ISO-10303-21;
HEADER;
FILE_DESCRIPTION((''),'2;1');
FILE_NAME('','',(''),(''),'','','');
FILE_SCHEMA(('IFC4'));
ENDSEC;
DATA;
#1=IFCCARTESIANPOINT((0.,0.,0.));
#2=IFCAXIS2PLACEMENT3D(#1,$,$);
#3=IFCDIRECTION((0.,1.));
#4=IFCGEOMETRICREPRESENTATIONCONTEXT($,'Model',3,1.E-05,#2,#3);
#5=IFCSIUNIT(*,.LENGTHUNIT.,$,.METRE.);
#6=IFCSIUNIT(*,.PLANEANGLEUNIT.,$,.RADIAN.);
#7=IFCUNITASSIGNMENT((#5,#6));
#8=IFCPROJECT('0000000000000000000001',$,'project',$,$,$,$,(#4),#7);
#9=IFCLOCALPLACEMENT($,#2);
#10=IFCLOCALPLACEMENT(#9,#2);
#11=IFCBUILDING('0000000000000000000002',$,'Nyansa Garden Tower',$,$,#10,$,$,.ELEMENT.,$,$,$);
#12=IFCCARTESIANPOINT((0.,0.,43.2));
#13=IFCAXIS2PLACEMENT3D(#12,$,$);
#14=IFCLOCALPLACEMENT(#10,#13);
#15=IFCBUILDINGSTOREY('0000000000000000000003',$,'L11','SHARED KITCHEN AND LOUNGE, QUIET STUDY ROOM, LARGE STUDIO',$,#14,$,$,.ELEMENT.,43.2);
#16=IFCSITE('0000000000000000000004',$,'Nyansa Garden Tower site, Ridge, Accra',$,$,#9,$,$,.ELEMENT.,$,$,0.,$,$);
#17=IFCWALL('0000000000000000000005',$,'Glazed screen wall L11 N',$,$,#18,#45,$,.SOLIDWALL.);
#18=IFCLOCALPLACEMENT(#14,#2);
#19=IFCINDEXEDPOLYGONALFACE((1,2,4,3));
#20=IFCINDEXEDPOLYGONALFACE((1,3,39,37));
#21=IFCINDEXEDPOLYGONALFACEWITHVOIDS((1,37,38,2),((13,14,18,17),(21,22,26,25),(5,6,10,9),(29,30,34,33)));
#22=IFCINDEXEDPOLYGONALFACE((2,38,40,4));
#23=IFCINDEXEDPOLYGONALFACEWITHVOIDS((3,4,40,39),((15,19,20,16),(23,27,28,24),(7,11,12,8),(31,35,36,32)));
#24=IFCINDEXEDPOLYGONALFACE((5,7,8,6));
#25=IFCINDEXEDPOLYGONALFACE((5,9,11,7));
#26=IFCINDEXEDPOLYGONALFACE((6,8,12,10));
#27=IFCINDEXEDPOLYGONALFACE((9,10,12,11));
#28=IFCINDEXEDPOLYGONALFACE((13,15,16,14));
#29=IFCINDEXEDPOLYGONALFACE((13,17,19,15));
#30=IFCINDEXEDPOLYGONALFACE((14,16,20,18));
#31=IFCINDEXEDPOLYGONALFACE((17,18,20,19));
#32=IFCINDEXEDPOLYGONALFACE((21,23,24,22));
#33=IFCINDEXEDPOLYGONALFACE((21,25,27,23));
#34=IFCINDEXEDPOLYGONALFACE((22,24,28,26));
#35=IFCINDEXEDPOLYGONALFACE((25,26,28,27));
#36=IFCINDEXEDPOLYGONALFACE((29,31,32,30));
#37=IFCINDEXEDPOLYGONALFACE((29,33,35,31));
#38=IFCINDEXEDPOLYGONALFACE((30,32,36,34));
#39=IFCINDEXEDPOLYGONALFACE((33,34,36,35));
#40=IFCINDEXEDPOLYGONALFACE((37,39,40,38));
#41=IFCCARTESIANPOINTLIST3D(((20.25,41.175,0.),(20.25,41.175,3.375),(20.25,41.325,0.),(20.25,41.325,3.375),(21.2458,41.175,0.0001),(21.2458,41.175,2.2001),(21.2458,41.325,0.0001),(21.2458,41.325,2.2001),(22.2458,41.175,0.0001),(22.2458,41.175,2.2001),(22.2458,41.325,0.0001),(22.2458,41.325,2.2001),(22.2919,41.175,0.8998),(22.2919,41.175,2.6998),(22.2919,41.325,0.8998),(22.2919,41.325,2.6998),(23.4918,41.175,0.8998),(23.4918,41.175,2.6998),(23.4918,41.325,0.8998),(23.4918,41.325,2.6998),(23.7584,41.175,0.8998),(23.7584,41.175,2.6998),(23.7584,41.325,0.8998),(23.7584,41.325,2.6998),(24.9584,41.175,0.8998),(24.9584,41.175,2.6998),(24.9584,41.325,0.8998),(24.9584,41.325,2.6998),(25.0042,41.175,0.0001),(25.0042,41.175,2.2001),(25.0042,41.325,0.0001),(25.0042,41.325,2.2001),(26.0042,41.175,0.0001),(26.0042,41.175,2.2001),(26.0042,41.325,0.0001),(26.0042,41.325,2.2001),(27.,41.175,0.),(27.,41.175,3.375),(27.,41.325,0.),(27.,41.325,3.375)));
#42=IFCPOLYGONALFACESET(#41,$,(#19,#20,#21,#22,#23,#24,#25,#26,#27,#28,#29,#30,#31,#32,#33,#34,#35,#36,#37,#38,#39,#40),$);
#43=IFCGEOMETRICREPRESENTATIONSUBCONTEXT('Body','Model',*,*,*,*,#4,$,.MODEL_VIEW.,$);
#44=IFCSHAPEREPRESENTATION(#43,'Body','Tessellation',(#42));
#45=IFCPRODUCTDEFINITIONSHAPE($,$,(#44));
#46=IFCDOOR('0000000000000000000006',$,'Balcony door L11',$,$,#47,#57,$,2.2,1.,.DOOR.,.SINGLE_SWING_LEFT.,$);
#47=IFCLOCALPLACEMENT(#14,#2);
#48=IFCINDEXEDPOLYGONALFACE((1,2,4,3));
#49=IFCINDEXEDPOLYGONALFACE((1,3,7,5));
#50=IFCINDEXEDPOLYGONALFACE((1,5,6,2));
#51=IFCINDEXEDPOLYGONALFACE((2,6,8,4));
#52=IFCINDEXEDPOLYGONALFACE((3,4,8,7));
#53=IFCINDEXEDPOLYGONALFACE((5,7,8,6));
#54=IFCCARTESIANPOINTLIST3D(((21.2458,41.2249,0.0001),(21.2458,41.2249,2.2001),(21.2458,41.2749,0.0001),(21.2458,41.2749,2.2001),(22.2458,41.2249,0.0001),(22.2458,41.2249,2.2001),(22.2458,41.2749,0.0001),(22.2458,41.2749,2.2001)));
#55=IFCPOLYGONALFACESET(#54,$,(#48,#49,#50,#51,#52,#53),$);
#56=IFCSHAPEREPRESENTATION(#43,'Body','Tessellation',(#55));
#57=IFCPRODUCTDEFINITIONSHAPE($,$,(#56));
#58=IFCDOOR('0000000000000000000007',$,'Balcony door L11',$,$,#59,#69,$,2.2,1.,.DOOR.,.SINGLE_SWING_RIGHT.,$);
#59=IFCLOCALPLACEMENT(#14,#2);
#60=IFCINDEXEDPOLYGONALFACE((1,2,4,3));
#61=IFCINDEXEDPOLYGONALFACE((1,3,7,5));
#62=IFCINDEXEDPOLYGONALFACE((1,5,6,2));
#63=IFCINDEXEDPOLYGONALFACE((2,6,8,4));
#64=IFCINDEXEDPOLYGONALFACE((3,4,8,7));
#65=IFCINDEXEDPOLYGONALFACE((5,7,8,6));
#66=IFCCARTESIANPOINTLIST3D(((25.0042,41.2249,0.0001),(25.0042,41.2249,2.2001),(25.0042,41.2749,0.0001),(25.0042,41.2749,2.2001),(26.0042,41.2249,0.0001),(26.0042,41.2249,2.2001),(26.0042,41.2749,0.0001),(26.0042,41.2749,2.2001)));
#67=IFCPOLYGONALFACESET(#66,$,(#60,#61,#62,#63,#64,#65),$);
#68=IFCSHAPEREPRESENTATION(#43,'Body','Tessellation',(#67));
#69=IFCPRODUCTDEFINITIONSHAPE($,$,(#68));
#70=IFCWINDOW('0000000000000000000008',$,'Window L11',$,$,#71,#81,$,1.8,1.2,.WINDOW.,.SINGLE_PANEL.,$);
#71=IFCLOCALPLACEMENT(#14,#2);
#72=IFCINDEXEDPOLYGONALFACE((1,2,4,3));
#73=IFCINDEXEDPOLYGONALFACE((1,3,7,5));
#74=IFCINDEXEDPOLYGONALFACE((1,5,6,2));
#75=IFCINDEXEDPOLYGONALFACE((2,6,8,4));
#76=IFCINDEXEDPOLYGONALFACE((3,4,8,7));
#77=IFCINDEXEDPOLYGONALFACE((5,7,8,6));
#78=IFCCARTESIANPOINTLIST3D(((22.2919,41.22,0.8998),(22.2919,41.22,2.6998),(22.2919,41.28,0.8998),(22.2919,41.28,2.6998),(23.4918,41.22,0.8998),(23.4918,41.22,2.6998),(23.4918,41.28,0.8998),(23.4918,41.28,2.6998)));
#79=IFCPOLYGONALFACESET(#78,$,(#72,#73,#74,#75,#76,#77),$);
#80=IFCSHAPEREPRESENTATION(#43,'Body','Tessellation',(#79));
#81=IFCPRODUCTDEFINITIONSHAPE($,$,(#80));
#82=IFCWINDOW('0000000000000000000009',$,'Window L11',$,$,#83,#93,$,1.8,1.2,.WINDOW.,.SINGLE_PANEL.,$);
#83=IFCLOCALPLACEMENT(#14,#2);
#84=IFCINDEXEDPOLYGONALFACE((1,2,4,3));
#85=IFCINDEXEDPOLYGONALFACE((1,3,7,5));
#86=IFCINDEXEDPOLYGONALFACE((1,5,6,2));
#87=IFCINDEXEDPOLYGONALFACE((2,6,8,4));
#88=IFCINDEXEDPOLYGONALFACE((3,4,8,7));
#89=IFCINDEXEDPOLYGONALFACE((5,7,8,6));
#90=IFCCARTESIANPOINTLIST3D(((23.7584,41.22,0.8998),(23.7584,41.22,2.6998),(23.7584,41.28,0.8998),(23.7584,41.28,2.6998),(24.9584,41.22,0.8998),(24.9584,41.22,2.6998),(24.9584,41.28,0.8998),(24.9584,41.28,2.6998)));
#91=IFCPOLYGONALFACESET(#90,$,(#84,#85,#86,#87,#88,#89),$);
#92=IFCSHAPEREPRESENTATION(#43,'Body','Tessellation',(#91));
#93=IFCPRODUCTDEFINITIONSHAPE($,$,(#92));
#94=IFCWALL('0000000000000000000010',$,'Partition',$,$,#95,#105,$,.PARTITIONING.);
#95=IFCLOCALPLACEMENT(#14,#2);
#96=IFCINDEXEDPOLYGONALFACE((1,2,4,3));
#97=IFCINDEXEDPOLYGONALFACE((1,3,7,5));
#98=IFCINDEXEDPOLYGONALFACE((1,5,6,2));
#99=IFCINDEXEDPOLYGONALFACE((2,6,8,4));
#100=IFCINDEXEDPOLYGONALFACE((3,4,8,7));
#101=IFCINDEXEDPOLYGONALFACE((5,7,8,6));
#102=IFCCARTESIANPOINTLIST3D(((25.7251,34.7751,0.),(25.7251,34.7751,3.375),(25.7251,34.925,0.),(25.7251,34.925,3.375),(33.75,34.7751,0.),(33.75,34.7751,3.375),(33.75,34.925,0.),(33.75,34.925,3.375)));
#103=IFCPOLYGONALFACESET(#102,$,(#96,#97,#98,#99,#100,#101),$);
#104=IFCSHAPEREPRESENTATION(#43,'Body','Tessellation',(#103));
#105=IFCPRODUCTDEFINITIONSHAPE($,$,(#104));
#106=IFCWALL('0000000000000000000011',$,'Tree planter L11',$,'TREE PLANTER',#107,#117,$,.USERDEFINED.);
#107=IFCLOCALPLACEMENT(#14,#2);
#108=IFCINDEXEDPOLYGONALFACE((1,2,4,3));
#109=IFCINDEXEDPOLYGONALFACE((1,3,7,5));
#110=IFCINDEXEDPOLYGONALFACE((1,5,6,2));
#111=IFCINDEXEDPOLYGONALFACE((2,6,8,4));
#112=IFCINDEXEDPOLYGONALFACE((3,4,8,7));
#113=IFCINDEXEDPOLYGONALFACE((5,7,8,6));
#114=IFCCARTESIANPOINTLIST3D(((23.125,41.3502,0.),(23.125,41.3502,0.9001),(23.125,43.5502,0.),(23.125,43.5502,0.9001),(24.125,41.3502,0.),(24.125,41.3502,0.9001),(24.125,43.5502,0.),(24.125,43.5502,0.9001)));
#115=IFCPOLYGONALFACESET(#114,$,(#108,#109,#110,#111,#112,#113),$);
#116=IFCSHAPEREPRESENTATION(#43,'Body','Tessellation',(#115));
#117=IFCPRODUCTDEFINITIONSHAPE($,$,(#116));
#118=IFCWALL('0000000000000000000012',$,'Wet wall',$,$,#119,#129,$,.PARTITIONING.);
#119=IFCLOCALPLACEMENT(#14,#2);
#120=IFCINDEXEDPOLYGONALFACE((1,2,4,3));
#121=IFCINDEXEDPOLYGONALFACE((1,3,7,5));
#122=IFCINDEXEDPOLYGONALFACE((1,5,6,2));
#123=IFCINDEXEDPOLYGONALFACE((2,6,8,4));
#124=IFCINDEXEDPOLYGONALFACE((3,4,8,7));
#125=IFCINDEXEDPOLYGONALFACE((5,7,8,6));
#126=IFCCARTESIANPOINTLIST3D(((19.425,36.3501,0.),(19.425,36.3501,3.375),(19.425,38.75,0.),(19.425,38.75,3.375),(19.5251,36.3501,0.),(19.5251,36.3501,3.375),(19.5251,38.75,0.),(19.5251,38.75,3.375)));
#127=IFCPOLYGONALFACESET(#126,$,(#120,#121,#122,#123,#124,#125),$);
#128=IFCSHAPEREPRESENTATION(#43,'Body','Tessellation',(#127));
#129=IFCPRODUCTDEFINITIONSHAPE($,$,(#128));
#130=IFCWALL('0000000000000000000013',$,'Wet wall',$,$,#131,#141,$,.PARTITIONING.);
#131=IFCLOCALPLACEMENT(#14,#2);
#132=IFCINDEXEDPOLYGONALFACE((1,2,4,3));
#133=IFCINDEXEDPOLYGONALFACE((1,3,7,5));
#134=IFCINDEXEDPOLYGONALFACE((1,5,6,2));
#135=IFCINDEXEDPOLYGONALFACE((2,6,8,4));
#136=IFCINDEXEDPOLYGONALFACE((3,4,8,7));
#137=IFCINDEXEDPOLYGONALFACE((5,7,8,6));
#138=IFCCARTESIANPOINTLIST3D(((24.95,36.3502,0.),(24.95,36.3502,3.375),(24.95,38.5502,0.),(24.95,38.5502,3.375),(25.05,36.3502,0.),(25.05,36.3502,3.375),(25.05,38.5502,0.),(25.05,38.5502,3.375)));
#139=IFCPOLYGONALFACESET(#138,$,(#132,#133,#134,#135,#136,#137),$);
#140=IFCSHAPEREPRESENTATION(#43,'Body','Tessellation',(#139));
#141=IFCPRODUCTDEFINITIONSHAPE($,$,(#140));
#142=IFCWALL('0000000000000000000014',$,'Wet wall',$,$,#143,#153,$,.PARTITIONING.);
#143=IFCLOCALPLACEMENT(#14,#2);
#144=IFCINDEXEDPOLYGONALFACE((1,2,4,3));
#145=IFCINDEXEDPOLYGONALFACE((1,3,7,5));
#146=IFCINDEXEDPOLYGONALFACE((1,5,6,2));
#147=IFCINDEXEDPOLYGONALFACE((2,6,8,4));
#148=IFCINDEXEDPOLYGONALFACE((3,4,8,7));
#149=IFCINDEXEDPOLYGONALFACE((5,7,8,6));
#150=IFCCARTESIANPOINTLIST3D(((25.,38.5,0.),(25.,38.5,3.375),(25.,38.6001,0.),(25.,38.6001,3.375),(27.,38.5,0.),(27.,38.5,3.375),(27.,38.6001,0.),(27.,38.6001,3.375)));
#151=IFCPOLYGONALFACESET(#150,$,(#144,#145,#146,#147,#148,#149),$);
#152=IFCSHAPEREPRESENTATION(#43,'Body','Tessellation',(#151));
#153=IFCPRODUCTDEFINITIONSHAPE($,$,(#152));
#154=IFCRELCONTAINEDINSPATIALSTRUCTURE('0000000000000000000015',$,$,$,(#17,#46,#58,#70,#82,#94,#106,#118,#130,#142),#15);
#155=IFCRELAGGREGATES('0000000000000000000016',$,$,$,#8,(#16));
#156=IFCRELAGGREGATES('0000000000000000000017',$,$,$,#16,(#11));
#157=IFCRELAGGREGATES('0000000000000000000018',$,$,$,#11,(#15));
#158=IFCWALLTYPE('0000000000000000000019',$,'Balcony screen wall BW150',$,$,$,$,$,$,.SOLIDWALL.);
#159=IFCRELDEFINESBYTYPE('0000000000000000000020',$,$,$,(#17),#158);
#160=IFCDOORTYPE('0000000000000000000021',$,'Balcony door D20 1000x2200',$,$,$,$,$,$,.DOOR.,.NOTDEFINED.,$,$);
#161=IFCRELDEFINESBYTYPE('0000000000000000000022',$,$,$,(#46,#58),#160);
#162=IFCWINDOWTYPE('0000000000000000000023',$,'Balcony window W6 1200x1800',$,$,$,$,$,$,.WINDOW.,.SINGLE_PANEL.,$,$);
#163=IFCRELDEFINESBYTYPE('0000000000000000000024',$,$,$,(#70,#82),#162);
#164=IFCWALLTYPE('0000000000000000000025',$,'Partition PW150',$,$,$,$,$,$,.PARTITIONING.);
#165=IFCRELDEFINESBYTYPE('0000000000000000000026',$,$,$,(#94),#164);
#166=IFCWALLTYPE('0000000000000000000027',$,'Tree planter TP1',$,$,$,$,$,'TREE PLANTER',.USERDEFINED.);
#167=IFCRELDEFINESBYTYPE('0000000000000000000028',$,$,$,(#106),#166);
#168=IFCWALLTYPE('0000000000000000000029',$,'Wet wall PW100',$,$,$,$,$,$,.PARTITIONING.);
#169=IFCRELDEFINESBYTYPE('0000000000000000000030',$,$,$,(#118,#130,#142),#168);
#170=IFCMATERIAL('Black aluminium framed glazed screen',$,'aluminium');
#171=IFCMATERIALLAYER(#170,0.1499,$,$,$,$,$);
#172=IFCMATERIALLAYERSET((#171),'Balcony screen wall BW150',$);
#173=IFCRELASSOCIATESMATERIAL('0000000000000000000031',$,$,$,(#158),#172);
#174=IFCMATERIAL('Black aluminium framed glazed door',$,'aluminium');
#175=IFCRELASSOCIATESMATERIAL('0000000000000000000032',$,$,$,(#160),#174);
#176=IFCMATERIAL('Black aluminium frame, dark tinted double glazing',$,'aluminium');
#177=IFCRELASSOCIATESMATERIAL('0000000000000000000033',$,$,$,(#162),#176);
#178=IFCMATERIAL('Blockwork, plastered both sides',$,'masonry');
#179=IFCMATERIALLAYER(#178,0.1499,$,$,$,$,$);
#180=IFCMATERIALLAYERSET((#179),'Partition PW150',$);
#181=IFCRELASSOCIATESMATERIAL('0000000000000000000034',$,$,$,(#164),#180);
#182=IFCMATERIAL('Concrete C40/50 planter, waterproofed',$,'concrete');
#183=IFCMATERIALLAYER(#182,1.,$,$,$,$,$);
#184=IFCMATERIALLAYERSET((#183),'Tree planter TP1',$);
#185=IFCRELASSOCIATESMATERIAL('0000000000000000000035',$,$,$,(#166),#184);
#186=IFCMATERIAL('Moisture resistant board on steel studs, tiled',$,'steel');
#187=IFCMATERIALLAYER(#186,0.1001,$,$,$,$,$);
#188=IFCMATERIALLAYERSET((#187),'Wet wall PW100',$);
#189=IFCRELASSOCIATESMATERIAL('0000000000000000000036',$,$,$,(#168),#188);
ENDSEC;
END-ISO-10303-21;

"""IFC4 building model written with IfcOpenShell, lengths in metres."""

from ifc_helpers import new_model, si_unit, direction, frame, frame_2d, origin, place, context, subcontext, project, spatial, rectangle, extrude, material, layer, layer_set, type_object, element, fill, save


model = new_model("IFC4")

# Units and contexts
model_context = context("Model", 3, precision=1e-05, world=origin(), true_north=direction((0.0, 1.0)))
body_context = subcontext(model_context, "Body", "Model", "MODEL_VIEW")
ifc_project = project(units=[si_unit("LENGTHUNIT", "METRE"), si_unit("PLANEANGLEUNIT", "RADIAN")], contexts=[model_context])

# Site, building, storey
site_placement = place(None, origin())
site = spatial("IfcSite", under=ifc_project, at=site_placement, Name="Nyansa Garden Tower site, Ridge, Accra", CompositionType="ELEMENT", RefElevation=0.0)
building_placement = place(site_placement, origin())
building = spatial("IfcBuilding", under=site, at=building_placement, Name="Nyansa Garden Tower", CompositionType="ELEMENT")
storey_placement = place(building_placement, frame((0.0, 0.0, 43.2)))
storey = spatial("IfcBuildingStorey", under=building, at=storey_placement, Name="L11", Description="SHARED KITCHEN AND LOUNGE, QUIET STUDY ROOM, LARGE STUDIO", CompositionType="ELEMENT", Elevation=43.2)

# Wall, openings, doors, windows
ifc_material_1 = material(Name="Black aluminium framed glazed screen", Category="aluminium")
ifc_layer_1 = layer(ifc_material_1, 0.1499)
ifc_layer_set_1 = layer_set([ifc_layer_1], Name="Balcony screen wall BW150")
wall_type_1 = type_object("IfcWallType", Name="Balcony screen wall BW150", PredefinedType="SOLIDWALL", material=ifc_layer_set_1)
wall_1_placement = place(storey_placement, frame((20.25, 41.25, 0.0), z_axis=(0.0, 0.0, 1.0), x_axis=(1.0, 0.0, 0.0)))
wall_1 = element("IfcWall", 1, at=wall_1_placement, inside=storey, type_object=wall_type_1, Name="Glazed screen wall L11 N", PredefinedType="SOLIDWALL", context=body_context, shape_type="SweptSolid", body=[
    extrude(rectangle(XDim=6.75, YDim=0.1499, at=frame_2d((3.375, 0.0))), origin(), (0.0, 0.0, 1.0), 3.375),
])
opening_1_placement = place(wall_1_placement, frame((0.9958, 0.0, 0.0)))
opening_1 = element("IfcOpeningElement", 2, at=opening_1_placement, cuts=wall_1, PredefinedType="OPENING", context=body_context, shape_type="SweptSolid", body=[
    extrude(rectangle(XDim=1.0, YDim=2.2, at=frame_2d((0.5, 1.1001))), frame((0.0, 0.085, 0.0), z_axis=(0.0, -1.0, 0.0), x_axis=(1.0, 0.0, 0.0)), (0.0, 0.0, 1.0), 0.1699),
])
opening_2_placement = place(wall_1_placement, frame((2.0417, 0.0, 0.8999)))
opening_2 = element("IfcOpeningElement", 3, at=opening_2_placement, cuts=wall_1, PredefinedType="OPENING", context=body_context, shape_type="SweptSolid", body=[
    extrude(rectangle(XDim=1.2, YDim=1.8, at=frame_2d((0.6001, 0.8999))), frame((0.0, 0.085, 0.0), z_axis=(0.0, -1.0, 0.0), x_axis=(1.0, 0.0, 0.0)), (0.0, 0.0, 1.0), 0.1699),
])
opening_3_placement = place(wall_1_placement, frame((4.7542, 0.0, 0.0)))
opening_3 = element("IfcOpeningElement", 4, at=opening_3_placement, cuts=wall_1, PredefinedType="OPENING", context=body_context, shape_type="SweptSolid", body=[
    extrude(rectangle(XDim=1.0, YDim=2.2, at=frame_2d((0.5, 1.1001))), frame((0.0, 0.085, 0.0), z_axis=(0.0, -1.0, 0.0), x_axis=(1.0, 0.0, 0.0)), (0.0, 0.0, 1.0), 0.1699),
])
opening_4_placement = place(wall_1_placement, frame((3.5083, 0.0, 0.8999)))
opening_4 = element("IfcOpeningElement", 5, at=opening_4_placement, cuts=wall_1, PredefinedType="OPENING", context=body_context, shape_type="SweptSolid", body=[
    extrude(rectangle(XDim=1.2, YDim=1.8, at=frame_2d((0.6001, 0.8999))), frame((0.0, 0.085, 0.0), z_axis=(0.0, -1.0, 0.0), x_axis=(1.0, 0.0, 0.0)), (0.0, 0.0, 1.0), 0.1699),
])
ifc_material_2 = material(Name="Black aluminium framed glazed door", Category="aluminium")
door_type_1 = type_object("IfcDoorType", Name="Balcony door D20 1000x2200", OperationType="NOTDEFINED", PredefinedType="DOOR", material=ifc_material_2)
door_1_placement = place(opening_1_placement, origin())
door_1 = element("IfcDoor", 6, at=door_1_placement, inside=storey, type_object=door_type_1, Name="Balcony door L11", OperationType="SINGLE_SWING_LEFT", OverallHeight=2.2, OverallWidth=1.0, PredefinedType="DOOR", context=body_context, shape_type="SweptSolid", body=[
    extrude(rectangle(XDim=1.0, YDim=2.2, at=frame_2d((0.5, 1.1001))), frame((0.0, 0.0249, 0.0), z_axis=(0.0, -1.0, 0.0), x_axis=(1.0, 0.0, 0.0)), (0.0, 0.0, 1.0), 0.05),
])
fill(opening_1, door_1)
door_2_placement = place(opening_3_placement, origin())
door_2 = element("IfcDoor", 7, at=door_2_placement, inside=storey, type_object=door_type_1, Name="Balcony door L11", OperationType="SINGLE_SWING_RIGHT", OverallHeight=2.2, OverallWidth=1.0, PredefinedType="DOOR", context=body_context, shape_type="SweptSolid", body=[
    extrude(rectangle(XDim=1.0, YDim=2.2, at=frame_2d((0.5, 1.1001))), frame((0.0, 0.0249, 0.0), z_axis=(0.0, -1.0, 0.0), x_axis=(1.0, 0.0, 0.0)), (0.0, 0.0, 1.0), 0.05),
])
fill(opening_3, door_2)
ifc_material_3 = material(Name="Black aluminium frame, dark tinted double glazing", Category="aluminium")
window_type = type_object("IfcWindowType", Name="Balcony window W6 1200x1800", PartitioningType="SINGLE_PANEL", PredefinedType="WINDOW", material=ifc_material_3)
window_1_placement = place(opening_2_placement, origin())
window_1 = element("IfcWindow", 8, at=window_1_placement, inside=storey, type_object=window_type, Name="Window L11", OverallHeight=1.8, OverallWidth=1.2, PartitioningType="SINGLE_PANEL", PredefinedType="WINDOW", context=body_context, shape_type="SweptSolid", body=[
    extrude(rectangle(XDim=1.2, YDim=1.8, at=frame_2d((0.6001, 0.8999))), frame((0.0, 0.03, 0.0), z_axis=(0.0, -1.0, 0.0), x_axis=(1.0, 0.0, 0.0)), (0.0, 0.0, 1.0), 0.0601),
])
fill(opening_2, window_1)
window_2_placement = place(opening_4_placement, origin())
window_2 = element("IfcWindow", 9, at=window_2_placement, inside=storey, type_object=window_type, Name="Window L11", OverallHeight=1.8, OverallWidth=1.2, PartitioningType="SINGLE_PANEL", PredefinedType="WINDOW", context=body_context, shape_type="SweptSolid", body=[
    extrude(rectangle(XDim=1.2, YDim=1.8, at=frame_2d((0.6001, 0.8999))), frame((0.0, 0.03, 0.0), z_axis=(0.0, -1.0, 0.0), x_axis=(1.0, 0.0, 0.0)), (0.0, 0.0, 1.0), 0.0601),
])
fill(opening_4, window_2)

# Walls
ifc_material_4 = material(Name="Blockwork, plastered both sides", Category="masonry")
ifc_layer_2 = layer(ifc_material_4, 0.1499)
ifc_layer_set_2 = layer_set([ifc_layer_2], Name="Partition PW150")
wall_type_2 = type_object("IfcWallType", Name="Partition PW150", PredefinedType="PARTITIONING", material=ifc_layer_set_2)
wall_2_placement = place(storey_placement, frame((25.7251, 34.8501, 0.0), z_axis=(0.0, 0.0, 1.0), x_axis=(1.0, 0.0, 0.0)))
element("IfcWall", 10, at=wall_2_placement, inside=storey, type_object=wall_type_2, Name="Partition", PredefinedType="PARTITIONING", context=body_context, shape_type="SweptSolid", body=[
    extrude(rectangle(XDim=8.0249, YDim=0.1499, at=frame_2d((4.0125, 0.0))), origin(), (0.0, 0.0, 1.0), 3.375),
])
ifc_material_5 = material(Name="Concrete C40/50 planter, waterproofed", Category="concrete")
ifc_layer_3 = layer(ifc_material_5, 1.0)
ifc_layer_set_3 = layer_set([ifc_layer_3], Name="Tree planter TP1")
wall_type_3 = type_object("IfcWallType", Name="Tree planter TP1", ElementType="TREE PLANTER", PredefinedType="USERDEFINED", material=ifc_layer_set_3)
wall_3_placement = place(storey_placement, frame((23.625, 41.3501, 0.0), z_axis=(0.0, 0.0, 1.0), x_axis=(0.0, 1.0, 0.0)))
element("IfcWall", 11, at=wall_3_placement, inside=storey, type_object=wall_type_3, Name="Tree planter L11", ObjectType="TREE PLANTER", PredefinedType="USERDEFINED", context=body_context, shape_type="SweptSolid", body=[
    extrude(rectangle(XDim=2.2, YDim=1.0, at=frame_2d((1.1001, 0.0))), origin(), (0.0, 0.0, 1.0), 0.9001),
])
ifc_material_6 = material(Name="Moisture resistant board on steel studs, tiled", Category="steel")
ifc_layer_4 = layer(ifc_material_6, 0.1001)
ifc_layer_set_4 = layer_set([ifc_layer_4], Name="Wet wall PW100")
wall_type_4 = type_object("IfcWallType", Name="Wet wall PW100", PredefinedType="PARTITIONING", material=ifc_layer_set_4)
wall_4_placement = place(storey_placement, frame((19.4751, 36.3501, 0.0), z_axis=(0.0, 0.0, 1.0), x_axis=(0.0, 1.0, 0.0)))
element("IfcWall", 12, at=wall_4_placement, inside=storey, type_object=wall_type_4, Name="Wet wall", PredefinedType="PARTITIONING", context=body_context, shape_type="SweptSolid", body=[
    extrude(rectangle(XDim=2.3999, YDim=0.1001, at=frame_2d((1.2, 0.0))), origin(), (0.0, 0.0, 1.0), 3.375),
])
wall_5_placement = place(storey_placement, frame((25.0, 36.3501, 0.0), z_axis=(0.0, 0.0, 1.0), x_axis=(0.0, 1.0, 0.0)))
element("IfcWall", 13, at=wall_5_placement, inside=storey, type_object=wall_type_4, Name="Wet wall", PredefinedType="PARTITIONING", context=body_context, shape_type="SweptSolid", body=[
    extrude(rectangle(XDim=2.2, YDim=0.1001, at=frame_2d((1.1001, 0.0))), origin(), (0.0, 0.0, 1.0), 3.375),
])
wall_6_placement = place(storey_placement, frame((25.0, 38.55, 0.0), z_axis=(0.0, 0.0, 1.0), x_axis=(1.0, 0.0, 0.0)))
element("IfcWall", 14, at=wall_6_placement, inside=storey, type_object=wall_type_4, Name="Wet wall", PredefinedType="PARTITIONING", context=body_context, shape_type="SweptSolid", body=[
    extrude(rectangle(XDim=2.0, YDim=0.1001, at=frame_2d((1.0, 0.0))), origin(), (0.0, 0.0, 1.0), 3.375),
])

save(model, "model.ifc")
